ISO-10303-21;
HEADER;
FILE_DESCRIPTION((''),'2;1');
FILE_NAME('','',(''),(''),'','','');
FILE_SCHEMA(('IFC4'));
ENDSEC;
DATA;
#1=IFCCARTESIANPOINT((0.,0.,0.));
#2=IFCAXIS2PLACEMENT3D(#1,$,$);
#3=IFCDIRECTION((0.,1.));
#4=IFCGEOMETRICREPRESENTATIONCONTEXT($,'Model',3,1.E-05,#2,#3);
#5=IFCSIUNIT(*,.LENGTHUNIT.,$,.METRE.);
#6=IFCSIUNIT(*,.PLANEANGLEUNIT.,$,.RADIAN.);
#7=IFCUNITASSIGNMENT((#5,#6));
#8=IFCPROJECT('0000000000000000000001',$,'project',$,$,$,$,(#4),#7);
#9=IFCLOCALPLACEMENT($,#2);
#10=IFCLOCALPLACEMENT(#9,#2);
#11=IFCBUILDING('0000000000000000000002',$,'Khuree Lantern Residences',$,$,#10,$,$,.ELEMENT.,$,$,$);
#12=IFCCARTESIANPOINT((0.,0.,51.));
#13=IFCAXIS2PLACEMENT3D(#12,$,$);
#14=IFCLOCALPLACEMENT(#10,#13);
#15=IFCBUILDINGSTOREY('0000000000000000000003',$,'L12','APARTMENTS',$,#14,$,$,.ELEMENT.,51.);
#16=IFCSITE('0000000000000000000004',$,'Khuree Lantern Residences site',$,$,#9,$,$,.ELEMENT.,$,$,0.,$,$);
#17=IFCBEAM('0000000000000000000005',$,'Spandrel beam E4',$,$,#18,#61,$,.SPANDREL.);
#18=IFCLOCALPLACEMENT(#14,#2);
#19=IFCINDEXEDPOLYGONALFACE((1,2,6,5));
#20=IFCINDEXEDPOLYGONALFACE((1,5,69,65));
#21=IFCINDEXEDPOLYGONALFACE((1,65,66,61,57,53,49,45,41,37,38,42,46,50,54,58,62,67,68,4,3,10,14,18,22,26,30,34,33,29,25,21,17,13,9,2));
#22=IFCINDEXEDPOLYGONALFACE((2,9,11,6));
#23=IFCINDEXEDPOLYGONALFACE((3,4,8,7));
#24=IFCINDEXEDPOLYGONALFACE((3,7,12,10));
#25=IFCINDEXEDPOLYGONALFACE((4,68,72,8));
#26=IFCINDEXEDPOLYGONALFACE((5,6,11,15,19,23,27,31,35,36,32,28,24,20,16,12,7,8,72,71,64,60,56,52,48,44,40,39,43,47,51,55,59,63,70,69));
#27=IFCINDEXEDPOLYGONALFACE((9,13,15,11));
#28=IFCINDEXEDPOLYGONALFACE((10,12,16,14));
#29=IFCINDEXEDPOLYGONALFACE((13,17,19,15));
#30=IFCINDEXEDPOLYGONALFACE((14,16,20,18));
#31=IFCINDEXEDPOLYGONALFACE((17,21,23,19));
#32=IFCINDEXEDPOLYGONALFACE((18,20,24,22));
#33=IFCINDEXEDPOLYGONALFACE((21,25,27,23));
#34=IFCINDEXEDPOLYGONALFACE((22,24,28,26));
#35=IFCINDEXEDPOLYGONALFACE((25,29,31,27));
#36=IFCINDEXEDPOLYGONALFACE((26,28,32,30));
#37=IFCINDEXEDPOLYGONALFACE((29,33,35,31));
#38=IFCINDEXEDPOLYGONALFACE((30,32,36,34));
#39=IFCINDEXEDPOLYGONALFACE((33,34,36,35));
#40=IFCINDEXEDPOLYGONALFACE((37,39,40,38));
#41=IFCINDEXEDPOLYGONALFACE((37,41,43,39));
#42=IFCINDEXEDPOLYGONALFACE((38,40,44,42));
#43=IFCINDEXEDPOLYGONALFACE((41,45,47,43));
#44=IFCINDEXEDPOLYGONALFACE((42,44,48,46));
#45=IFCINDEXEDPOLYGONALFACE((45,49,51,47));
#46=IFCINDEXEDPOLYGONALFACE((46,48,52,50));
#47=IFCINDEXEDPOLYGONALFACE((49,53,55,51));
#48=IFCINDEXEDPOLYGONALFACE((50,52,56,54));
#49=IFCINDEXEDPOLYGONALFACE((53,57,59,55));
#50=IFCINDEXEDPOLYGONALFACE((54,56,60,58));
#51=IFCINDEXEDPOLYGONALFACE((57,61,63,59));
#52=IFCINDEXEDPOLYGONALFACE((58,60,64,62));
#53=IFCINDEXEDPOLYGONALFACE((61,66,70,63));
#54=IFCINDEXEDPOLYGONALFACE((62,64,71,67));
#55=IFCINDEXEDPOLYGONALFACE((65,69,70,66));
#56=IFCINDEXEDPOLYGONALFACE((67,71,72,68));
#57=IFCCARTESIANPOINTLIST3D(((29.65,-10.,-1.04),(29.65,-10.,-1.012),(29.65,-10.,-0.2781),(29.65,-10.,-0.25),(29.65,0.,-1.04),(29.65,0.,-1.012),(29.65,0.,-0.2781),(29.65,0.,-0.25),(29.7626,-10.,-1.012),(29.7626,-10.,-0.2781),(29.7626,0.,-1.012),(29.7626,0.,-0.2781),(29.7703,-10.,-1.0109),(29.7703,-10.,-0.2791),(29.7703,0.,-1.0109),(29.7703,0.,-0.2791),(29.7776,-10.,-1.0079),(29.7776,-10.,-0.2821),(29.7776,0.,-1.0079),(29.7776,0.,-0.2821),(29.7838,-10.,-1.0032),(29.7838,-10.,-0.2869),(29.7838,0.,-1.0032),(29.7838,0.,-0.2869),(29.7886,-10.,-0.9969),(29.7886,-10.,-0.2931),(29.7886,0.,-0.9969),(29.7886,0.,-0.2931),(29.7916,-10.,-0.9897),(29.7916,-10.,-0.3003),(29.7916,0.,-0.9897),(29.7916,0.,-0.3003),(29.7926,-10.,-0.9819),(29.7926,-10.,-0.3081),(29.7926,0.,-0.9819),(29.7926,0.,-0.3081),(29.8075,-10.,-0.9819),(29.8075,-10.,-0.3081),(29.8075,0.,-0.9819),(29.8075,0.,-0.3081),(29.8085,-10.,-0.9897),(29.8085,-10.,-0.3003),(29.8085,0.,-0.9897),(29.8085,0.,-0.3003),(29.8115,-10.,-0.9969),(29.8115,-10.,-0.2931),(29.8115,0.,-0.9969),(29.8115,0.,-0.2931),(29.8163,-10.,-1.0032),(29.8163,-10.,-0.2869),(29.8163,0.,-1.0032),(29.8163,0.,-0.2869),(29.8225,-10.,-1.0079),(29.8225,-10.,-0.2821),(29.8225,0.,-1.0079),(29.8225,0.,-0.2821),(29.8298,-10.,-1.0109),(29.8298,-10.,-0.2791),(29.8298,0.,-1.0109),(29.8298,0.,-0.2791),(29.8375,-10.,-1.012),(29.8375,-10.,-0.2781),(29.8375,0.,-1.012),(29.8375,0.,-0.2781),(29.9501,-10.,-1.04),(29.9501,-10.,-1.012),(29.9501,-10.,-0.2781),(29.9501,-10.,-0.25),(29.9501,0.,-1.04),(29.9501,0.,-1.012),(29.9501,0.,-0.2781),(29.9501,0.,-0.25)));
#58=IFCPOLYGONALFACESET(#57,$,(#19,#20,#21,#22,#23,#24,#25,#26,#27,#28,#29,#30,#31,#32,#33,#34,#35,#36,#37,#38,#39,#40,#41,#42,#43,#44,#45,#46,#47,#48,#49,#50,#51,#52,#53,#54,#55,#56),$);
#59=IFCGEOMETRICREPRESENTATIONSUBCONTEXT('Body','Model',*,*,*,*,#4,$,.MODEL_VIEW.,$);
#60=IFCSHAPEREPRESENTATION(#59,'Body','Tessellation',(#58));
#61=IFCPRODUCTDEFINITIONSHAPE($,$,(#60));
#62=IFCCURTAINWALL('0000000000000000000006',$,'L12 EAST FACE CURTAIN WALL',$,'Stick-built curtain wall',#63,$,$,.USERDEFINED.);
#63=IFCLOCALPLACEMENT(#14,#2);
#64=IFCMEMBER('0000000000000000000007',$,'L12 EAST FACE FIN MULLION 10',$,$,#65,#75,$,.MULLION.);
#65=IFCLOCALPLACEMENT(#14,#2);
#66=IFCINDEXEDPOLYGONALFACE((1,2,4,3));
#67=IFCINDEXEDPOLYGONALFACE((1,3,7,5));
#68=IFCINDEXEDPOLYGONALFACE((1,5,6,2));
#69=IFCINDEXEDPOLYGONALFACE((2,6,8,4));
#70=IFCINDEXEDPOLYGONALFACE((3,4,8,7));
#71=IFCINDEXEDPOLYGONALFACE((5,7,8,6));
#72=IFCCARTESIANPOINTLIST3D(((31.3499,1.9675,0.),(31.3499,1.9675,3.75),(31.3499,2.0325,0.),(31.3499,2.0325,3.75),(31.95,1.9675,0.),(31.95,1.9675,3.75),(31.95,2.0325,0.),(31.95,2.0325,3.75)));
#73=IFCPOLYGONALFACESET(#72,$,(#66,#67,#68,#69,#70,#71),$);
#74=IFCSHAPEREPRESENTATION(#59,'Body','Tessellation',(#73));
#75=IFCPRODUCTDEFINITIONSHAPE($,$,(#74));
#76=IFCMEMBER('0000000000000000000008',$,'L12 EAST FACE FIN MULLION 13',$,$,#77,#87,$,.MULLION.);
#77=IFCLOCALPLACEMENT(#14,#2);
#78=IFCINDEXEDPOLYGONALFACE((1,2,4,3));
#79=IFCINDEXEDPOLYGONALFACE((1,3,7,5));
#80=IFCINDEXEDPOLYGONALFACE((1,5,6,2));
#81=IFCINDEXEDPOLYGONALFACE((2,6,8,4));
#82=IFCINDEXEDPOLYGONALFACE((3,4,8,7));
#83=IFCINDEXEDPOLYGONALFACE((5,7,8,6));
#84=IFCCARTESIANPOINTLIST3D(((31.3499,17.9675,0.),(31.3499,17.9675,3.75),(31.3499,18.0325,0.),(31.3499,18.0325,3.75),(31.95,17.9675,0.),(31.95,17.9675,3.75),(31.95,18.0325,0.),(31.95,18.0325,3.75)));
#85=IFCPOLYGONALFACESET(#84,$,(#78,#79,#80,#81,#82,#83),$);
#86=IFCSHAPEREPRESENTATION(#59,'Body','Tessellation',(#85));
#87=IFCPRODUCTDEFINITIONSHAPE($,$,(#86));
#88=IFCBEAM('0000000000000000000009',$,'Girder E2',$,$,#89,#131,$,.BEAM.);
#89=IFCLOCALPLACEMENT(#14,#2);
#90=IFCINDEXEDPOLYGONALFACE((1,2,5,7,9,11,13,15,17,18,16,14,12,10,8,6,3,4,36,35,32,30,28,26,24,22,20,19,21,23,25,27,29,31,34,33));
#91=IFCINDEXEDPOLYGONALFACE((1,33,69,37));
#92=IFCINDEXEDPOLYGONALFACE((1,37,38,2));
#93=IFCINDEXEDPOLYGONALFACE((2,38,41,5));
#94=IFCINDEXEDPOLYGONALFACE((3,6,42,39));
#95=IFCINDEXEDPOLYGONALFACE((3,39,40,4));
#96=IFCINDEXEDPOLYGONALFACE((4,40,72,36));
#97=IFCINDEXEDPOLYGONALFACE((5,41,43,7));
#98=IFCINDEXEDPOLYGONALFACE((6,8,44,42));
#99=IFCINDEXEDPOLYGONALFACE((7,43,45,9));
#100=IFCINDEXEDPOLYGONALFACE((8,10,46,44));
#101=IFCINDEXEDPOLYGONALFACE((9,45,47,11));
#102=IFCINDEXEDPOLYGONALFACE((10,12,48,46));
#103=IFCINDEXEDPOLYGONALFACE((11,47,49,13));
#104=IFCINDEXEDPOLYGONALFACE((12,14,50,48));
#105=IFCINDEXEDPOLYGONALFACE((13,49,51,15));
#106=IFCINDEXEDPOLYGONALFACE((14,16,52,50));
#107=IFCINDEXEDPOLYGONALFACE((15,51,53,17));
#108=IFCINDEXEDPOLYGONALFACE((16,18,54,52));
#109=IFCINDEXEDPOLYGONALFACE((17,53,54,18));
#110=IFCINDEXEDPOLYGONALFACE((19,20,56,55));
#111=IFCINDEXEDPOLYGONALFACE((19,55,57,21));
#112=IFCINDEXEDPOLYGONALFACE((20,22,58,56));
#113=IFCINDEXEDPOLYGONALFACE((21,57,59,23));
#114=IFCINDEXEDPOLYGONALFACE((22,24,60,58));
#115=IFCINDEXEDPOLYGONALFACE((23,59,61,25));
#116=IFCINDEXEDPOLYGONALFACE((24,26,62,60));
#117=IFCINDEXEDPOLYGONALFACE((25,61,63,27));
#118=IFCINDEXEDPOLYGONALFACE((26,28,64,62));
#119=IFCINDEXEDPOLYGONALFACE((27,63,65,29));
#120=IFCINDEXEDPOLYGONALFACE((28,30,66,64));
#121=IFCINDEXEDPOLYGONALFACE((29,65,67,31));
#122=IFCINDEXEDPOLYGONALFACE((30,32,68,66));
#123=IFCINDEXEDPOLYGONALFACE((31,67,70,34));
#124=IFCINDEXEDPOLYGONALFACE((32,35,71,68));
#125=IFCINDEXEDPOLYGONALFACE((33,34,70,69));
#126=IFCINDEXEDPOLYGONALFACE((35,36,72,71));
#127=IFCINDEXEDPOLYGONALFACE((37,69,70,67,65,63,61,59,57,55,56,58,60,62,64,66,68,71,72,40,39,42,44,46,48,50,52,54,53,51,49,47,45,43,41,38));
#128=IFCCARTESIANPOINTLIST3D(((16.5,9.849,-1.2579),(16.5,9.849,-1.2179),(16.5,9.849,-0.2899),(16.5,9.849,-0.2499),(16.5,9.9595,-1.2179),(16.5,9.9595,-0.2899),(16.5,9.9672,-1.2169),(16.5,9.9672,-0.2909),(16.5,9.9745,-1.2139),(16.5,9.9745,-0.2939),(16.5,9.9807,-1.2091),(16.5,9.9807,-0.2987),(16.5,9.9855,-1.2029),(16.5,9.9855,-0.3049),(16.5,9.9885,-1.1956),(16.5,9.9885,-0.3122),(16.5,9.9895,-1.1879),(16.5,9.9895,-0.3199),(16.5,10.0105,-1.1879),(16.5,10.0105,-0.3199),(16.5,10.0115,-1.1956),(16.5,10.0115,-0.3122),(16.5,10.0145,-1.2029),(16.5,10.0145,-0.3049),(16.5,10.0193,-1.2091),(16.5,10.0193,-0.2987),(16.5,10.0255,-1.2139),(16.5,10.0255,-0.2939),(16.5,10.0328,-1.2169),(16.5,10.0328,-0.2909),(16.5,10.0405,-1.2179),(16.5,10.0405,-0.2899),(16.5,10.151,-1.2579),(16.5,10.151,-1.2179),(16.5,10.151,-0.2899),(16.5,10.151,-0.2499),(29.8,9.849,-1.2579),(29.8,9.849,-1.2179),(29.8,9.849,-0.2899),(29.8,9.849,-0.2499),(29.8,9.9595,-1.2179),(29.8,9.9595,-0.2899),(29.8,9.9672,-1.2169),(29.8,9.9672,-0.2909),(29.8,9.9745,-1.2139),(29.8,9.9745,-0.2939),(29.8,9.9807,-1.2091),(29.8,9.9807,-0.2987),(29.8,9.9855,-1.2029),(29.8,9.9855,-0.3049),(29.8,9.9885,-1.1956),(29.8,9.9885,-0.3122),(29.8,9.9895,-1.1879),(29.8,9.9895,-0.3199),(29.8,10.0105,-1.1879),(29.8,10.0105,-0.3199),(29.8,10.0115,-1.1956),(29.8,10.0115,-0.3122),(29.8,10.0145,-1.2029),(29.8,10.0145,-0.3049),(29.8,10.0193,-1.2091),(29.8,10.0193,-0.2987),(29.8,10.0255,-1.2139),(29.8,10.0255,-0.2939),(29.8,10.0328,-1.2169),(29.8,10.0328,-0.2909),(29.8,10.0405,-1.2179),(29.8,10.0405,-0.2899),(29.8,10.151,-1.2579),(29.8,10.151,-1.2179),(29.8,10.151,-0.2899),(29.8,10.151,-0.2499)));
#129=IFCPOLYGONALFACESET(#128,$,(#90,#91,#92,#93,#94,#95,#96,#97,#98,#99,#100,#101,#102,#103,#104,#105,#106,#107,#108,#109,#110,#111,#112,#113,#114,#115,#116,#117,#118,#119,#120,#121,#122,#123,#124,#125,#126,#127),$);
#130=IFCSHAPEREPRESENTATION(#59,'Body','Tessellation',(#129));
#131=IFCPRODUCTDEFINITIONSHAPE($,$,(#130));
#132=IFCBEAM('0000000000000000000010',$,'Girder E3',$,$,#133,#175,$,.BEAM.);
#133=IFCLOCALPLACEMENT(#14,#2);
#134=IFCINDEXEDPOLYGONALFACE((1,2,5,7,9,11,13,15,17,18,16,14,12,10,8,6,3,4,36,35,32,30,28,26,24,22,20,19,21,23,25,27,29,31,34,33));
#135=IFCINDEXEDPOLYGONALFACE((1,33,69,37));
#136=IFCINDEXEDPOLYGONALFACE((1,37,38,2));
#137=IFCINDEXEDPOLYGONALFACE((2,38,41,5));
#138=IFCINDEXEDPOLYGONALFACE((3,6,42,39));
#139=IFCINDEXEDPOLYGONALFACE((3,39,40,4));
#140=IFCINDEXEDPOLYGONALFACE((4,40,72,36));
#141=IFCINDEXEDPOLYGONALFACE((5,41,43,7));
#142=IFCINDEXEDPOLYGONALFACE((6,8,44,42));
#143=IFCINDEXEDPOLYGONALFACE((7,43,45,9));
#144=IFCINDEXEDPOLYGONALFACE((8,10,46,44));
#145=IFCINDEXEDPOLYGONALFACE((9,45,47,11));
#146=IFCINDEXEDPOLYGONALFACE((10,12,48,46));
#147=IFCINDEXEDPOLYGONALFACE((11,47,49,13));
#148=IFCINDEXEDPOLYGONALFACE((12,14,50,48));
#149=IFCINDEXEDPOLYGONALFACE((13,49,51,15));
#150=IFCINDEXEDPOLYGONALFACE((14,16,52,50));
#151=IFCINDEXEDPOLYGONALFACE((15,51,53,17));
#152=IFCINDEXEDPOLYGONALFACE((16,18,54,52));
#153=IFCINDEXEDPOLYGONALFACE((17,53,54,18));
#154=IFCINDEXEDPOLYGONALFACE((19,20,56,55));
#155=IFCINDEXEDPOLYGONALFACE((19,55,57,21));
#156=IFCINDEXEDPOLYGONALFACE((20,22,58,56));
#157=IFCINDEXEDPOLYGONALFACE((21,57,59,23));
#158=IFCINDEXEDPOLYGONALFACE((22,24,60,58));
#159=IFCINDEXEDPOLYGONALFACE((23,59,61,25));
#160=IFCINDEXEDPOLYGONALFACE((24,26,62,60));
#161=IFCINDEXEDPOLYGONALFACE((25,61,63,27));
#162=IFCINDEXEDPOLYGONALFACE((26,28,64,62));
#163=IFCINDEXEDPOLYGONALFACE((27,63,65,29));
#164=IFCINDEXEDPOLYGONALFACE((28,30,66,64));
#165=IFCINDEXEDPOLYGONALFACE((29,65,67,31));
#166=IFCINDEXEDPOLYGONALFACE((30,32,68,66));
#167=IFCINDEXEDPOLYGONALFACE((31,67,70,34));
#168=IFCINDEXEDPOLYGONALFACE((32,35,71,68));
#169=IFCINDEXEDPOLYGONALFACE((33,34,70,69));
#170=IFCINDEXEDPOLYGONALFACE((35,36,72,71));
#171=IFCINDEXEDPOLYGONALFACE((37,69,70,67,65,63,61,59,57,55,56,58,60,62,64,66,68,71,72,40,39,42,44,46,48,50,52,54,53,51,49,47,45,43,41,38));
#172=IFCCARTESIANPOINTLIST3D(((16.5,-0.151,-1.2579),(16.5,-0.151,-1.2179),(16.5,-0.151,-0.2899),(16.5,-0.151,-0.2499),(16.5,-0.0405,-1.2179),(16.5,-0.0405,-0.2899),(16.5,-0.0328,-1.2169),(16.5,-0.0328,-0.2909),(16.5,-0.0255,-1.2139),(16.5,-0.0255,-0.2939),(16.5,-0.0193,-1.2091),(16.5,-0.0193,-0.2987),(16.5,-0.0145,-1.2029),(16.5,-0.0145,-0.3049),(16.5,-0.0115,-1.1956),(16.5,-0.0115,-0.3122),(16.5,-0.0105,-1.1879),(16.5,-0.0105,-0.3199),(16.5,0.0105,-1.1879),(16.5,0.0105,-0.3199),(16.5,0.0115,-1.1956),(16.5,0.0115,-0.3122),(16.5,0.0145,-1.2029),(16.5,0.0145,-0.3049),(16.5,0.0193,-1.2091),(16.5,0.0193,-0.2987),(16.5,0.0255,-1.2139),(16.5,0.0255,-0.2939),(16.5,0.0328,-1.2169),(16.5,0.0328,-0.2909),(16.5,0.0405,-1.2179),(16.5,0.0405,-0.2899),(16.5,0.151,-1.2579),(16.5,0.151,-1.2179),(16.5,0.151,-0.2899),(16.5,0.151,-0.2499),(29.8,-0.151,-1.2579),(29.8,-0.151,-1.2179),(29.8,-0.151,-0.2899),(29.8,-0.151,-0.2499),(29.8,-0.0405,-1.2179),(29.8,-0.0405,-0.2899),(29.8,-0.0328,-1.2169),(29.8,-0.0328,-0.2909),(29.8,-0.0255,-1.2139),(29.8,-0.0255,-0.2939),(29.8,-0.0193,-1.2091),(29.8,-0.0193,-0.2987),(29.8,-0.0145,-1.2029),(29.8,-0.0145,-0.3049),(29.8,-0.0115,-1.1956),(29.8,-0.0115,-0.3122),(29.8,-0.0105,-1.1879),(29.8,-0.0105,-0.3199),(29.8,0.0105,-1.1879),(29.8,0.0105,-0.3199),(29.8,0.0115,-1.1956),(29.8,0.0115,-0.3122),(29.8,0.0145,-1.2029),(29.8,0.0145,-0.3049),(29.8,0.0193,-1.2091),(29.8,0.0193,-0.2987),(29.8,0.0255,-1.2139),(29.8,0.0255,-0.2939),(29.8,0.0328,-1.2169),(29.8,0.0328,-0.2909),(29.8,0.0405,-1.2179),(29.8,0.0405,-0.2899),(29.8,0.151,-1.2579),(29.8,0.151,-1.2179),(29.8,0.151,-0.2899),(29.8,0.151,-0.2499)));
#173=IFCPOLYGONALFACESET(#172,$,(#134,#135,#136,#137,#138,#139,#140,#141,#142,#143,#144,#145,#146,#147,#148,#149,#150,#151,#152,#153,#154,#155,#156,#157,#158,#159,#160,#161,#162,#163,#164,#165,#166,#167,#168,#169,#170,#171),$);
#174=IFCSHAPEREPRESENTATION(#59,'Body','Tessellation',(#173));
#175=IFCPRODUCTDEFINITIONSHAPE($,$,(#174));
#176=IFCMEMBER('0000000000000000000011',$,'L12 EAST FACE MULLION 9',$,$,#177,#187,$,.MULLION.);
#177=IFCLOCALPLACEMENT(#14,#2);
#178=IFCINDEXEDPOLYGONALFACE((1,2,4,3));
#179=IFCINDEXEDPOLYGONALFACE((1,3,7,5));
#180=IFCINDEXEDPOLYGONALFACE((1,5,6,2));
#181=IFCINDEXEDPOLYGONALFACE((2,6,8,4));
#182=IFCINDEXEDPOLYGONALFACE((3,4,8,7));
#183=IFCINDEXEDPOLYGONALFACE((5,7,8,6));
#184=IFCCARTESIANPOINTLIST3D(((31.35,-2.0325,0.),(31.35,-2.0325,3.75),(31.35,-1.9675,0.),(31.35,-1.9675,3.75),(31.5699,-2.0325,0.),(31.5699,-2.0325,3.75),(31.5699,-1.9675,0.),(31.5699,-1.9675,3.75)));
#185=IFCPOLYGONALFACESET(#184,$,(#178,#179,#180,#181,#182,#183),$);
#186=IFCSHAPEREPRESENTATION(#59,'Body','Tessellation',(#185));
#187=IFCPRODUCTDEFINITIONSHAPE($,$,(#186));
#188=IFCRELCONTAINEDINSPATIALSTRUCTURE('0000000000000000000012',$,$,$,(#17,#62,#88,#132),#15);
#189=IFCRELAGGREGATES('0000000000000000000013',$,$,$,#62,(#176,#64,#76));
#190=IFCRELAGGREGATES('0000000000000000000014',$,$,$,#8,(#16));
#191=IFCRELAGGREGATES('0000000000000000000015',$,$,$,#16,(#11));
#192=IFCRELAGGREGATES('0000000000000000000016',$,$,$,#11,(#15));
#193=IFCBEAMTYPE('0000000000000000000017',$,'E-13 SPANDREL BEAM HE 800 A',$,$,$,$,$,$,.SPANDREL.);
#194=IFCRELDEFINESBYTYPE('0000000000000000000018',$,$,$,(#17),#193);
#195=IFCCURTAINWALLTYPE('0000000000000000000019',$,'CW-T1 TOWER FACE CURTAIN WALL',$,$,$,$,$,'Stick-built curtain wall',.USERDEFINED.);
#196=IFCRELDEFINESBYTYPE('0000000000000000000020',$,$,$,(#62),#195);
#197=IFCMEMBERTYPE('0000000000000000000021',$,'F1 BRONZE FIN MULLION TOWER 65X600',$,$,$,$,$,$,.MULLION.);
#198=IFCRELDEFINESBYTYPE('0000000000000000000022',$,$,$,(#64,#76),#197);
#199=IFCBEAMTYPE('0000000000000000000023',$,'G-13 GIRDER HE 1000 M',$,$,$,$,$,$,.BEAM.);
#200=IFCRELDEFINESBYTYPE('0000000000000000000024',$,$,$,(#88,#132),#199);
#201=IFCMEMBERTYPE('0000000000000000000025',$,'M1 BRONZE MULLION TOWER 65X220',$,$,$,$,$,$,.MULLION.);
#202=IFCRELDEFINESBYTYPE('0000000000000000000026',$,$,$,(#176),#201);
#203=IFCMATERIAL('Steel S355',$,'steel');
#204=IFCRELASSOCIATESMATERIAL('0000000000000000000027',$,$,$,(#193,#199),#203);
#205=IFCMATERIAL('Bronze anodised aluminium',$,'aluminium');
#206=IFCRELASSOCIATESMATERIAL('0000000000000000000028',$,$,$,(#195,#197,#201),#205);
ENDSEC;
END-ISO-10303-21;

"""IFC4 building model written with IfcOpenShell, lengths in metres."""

from ifc_helpers import new_model, si_unit, direction, frame, origin, origin_2d, place, context, subcontext, project, spatial, rectangle, i_section, extrude, material, material_profile, profile_set, type_object, element, aggregate, save


model = new_model("IFC4")

# Units and contexts
model_context = context("Model", 3, precision=1e-05, world=origin(), true_north=direction((0.0, 1.0)))
body_context = subcontext(model_context, "Body", "Model", "MODEL_VIEW")
ifc_project = project(units=[si_unit("LENGTHUNIT", "METRE"), si_unit("PLANEANGLEUNIT", "RADIAN")], contexts=[model_context])

# Site, building, storey
site_placement = place(None, origin())
site = spatial("IfcSite", under=ifc_project, at=site_placement, Name="Khuree Lantern Residences site", CompositionType="ELEMENT", RefElevation=0.0)
building_placement = place(site_placement, origin())
building = spatial("IfcBuilding", under=site, at=building_placement, Name="Khuree Lantern Residences", CompositionType="ELEMENT")
storey_placement = place(building_placement, frame((0.0, 0.0, 51.0)))
storey = spatial("IfcBuildingStorey", under=building, at=storey_placement, Name="L12", Description="APARTMENTS", CompositionType="ELEMENT", Elevation=51.0)

# Beam
ifc_material_1 = material(Name="Steel S355", Category="steel")
ifc_material_profile_1 = material_profile(ifc_material_1, i_section(OverallWidth=0.3, OverallDepth=0.79, WebThickness=0.0149, FlangeThickness=0.0281, FilletRadius=0.03, at=origin_2d()), Name="HE 800 A")
ifc_profile_set_1 = profile_set([ifc_material_profile_1], Name="Steel S355")
beam_type_1 = type_object("IfcBeamType", Name="E-13 SPANDREL BEAM HE 800 A", PredefinedType="SPANDREL", material=ifc_profile_set_1)
for number, where, z_axis, x_axis, name in (
    (1, (29.8, 0.0, -0.645), (0.0, -1.0, 0.0), (1.0, 0.0, 0.0), "Spandrel beam E4"),
):
    element("IfcBeam", number, at=place(storey_placement, frame(where, z_axis=z_axis, x_axis=x_axis)), inside=storey, type_object=beam_type_1, Name=name, PredefinedType="SPANDREL", context=body_context, shape_type="SweptSolid", body=[
        extrude(i_section(OverallWidth=0.3, OverallDepth=0.79, WebThickness=0.0149, FlangeThickness=0.0281, FilletRadius=0.03, at=origin_2d()), origin(), (0.0, 0.0, 1.0), 10.0),
    ])

# Curtain wall, members
ifc_material_2 = material(Name="Bronze anodised aluminium", Category="aluminium")
curtain_wall_type = type_object("IfcCurtainWallType", Name="CW-T1 TOWER FACE CURTAIN WALL", ElementType="Stick-built curtain wall", PredefinedType="USERDEFINED", material=ifc_material_2)
curtain_wall_placement = place(storey_placement, origin())
curtain_wall = element("IfcCurtainWall", 2, at=curtain_wall_placement, inside=storey, type_object=curtain_wall_type, Name="L12 EAST FACE CURTAIN WALL", ObjectType="Stick-built curtain wall", PredefinedType="USERDEFINED")
ifc_material_profile_2 = material_profile(ifc_material_2, rectangle(XDim=0.0649, YDim=0.6001, at=origin_2d()), Name="F1 65X600")
ifc_profile_set_2 = profile_set([ifc_material_profile_2], Name="Bronze anodised aluminium")
member_type_1 = type_object("IfcMemberType", Name="F1 BRONZE FIN MULLION TOWER 65X600", PredefinedType="MULLION", material=ifc_profile_set_2)
member_1_placement = place(storey_placement, frame((31.6499, 2.0, 0.0), z_axis=(0.0, 0.0, 1.0), x_axis=(0.0, 1.0, 0.0)))
member_1 = element("IfcMember", 3, at=member_1_placement, type_object=member_type_1, Name="L12 EAST FACE FIN MULLION 10", PredefinedType="MULLION", context=body_context, shape_type="SweptSolid", body=[
    extrude(rectangle(XDim=0.0649, YDim=0.6001, at=origin_2d()), origin(), (0.0, 0.0, 1.0), 3.75),
])
member_2_placement = place(storey_placement, frame((31.6499, 18.0, 0.0), z_axis=(0.0, 0.0, 1.0), x_axis=(0.0, 1.0, 0.0)))
member_2 = element("IfcMember", 4, at=member_2_placement, type_object=member_type_1, Name="L12 EAST FACE FIN MULLION 13", PredefinedType="MULLION", context=body_context, shape_type="SweptSolid", body=[
    extrude(rectangle(XDim=0.0649, YDim=0.6001, at=origin_2d()), origin(), (0.0, 0.0, 1.0), 3.75),
])

# Beams
ifc_material_profile_3 = material_profile(ifc_material_1, i_section(OverallWidth=0.302, OverallDepth=1.0081, WebThickness=0.021, FlangeThickness=0.04, FilletRadius=0.03, at=origin_2d()), Name="HE 1000 M")
ifc_profile_set_3 = profile_set([ifc_material_profile_3], Name="Steel S355")
beam_type_2 = type_object("IfcBeamType", Name="G-13 GIRDER HE 1000 M", PredefinedType="BEAM", material=ifc_profile_set_3)
for number, where, z_axis, x_axis, name in (
    (5, (29.8, 10.0, -0.7539), (-1.0, 0.0, 0.0), (0.0, -1.0, 0.0), "Girder E2"),
    (6, (29.8, 0.0, -0.7539), (-1.0, 0.0, 0.0), (0.0, -1.0, 0.0), "Girder E3"),
):
    element("IfcBeam", number, at=place(storey_placement, frame(where, z_axis=z_axis, x_axis=x_axis)), inside=storey, type_object=beam_type_2, Name=name, PredefinedType="BEAM", context=body_context, shape_type="SweptSolid", body=[
        extrude(i_section(OverallWidth=0.302, OverallDepth=1.0081, WebThickness=0.021, FlangeThickness=0.04, FilletRadius=0.03, at=origin_2d()), origin(), (0.0, 0.0, 1.0), 13.3),
    ])

# Member
ifc_material_profile_4 = material_profile(ifc_material_2, rectangle(XDim=0.0649, YDim=0.22, at=origin_2d()), Name="M1 65X220")
ifc_profile_set_4 = profile_set([ifc_material_profile_4], Name="Bronze anodised aluminium")
member_type_2 = type_object("IfcMemberType", Name="M1 BRONZE MULLION TOWER 65X220", PredefinedType="MULLION", material=ifc_profile_set_4)
member_3_placement = place(storey_placement, frame((31.46, -2.0, 0.0), z_axis=(0.0, 0.0, 1.0), x_axis=(0.0, 1.0, 0.0)))
member_3 = element("IfcMember", 7, at=member_3_placement, type_object=member_type_2, Name="L12 EAST FACE MULLION 9", PredefinedType="MULLION", context=body_context, shape_type="SweptSolid", body=[
    extrude(rectangle(XDim=0.0649, YDim=0.22, at=origin_2d()), origin(), (0.0, 0.0, 1.0), 3.75),
])

aggregate(curtain_wall, [member_3, member_1, member_2])

save(model, "model.ifc")
